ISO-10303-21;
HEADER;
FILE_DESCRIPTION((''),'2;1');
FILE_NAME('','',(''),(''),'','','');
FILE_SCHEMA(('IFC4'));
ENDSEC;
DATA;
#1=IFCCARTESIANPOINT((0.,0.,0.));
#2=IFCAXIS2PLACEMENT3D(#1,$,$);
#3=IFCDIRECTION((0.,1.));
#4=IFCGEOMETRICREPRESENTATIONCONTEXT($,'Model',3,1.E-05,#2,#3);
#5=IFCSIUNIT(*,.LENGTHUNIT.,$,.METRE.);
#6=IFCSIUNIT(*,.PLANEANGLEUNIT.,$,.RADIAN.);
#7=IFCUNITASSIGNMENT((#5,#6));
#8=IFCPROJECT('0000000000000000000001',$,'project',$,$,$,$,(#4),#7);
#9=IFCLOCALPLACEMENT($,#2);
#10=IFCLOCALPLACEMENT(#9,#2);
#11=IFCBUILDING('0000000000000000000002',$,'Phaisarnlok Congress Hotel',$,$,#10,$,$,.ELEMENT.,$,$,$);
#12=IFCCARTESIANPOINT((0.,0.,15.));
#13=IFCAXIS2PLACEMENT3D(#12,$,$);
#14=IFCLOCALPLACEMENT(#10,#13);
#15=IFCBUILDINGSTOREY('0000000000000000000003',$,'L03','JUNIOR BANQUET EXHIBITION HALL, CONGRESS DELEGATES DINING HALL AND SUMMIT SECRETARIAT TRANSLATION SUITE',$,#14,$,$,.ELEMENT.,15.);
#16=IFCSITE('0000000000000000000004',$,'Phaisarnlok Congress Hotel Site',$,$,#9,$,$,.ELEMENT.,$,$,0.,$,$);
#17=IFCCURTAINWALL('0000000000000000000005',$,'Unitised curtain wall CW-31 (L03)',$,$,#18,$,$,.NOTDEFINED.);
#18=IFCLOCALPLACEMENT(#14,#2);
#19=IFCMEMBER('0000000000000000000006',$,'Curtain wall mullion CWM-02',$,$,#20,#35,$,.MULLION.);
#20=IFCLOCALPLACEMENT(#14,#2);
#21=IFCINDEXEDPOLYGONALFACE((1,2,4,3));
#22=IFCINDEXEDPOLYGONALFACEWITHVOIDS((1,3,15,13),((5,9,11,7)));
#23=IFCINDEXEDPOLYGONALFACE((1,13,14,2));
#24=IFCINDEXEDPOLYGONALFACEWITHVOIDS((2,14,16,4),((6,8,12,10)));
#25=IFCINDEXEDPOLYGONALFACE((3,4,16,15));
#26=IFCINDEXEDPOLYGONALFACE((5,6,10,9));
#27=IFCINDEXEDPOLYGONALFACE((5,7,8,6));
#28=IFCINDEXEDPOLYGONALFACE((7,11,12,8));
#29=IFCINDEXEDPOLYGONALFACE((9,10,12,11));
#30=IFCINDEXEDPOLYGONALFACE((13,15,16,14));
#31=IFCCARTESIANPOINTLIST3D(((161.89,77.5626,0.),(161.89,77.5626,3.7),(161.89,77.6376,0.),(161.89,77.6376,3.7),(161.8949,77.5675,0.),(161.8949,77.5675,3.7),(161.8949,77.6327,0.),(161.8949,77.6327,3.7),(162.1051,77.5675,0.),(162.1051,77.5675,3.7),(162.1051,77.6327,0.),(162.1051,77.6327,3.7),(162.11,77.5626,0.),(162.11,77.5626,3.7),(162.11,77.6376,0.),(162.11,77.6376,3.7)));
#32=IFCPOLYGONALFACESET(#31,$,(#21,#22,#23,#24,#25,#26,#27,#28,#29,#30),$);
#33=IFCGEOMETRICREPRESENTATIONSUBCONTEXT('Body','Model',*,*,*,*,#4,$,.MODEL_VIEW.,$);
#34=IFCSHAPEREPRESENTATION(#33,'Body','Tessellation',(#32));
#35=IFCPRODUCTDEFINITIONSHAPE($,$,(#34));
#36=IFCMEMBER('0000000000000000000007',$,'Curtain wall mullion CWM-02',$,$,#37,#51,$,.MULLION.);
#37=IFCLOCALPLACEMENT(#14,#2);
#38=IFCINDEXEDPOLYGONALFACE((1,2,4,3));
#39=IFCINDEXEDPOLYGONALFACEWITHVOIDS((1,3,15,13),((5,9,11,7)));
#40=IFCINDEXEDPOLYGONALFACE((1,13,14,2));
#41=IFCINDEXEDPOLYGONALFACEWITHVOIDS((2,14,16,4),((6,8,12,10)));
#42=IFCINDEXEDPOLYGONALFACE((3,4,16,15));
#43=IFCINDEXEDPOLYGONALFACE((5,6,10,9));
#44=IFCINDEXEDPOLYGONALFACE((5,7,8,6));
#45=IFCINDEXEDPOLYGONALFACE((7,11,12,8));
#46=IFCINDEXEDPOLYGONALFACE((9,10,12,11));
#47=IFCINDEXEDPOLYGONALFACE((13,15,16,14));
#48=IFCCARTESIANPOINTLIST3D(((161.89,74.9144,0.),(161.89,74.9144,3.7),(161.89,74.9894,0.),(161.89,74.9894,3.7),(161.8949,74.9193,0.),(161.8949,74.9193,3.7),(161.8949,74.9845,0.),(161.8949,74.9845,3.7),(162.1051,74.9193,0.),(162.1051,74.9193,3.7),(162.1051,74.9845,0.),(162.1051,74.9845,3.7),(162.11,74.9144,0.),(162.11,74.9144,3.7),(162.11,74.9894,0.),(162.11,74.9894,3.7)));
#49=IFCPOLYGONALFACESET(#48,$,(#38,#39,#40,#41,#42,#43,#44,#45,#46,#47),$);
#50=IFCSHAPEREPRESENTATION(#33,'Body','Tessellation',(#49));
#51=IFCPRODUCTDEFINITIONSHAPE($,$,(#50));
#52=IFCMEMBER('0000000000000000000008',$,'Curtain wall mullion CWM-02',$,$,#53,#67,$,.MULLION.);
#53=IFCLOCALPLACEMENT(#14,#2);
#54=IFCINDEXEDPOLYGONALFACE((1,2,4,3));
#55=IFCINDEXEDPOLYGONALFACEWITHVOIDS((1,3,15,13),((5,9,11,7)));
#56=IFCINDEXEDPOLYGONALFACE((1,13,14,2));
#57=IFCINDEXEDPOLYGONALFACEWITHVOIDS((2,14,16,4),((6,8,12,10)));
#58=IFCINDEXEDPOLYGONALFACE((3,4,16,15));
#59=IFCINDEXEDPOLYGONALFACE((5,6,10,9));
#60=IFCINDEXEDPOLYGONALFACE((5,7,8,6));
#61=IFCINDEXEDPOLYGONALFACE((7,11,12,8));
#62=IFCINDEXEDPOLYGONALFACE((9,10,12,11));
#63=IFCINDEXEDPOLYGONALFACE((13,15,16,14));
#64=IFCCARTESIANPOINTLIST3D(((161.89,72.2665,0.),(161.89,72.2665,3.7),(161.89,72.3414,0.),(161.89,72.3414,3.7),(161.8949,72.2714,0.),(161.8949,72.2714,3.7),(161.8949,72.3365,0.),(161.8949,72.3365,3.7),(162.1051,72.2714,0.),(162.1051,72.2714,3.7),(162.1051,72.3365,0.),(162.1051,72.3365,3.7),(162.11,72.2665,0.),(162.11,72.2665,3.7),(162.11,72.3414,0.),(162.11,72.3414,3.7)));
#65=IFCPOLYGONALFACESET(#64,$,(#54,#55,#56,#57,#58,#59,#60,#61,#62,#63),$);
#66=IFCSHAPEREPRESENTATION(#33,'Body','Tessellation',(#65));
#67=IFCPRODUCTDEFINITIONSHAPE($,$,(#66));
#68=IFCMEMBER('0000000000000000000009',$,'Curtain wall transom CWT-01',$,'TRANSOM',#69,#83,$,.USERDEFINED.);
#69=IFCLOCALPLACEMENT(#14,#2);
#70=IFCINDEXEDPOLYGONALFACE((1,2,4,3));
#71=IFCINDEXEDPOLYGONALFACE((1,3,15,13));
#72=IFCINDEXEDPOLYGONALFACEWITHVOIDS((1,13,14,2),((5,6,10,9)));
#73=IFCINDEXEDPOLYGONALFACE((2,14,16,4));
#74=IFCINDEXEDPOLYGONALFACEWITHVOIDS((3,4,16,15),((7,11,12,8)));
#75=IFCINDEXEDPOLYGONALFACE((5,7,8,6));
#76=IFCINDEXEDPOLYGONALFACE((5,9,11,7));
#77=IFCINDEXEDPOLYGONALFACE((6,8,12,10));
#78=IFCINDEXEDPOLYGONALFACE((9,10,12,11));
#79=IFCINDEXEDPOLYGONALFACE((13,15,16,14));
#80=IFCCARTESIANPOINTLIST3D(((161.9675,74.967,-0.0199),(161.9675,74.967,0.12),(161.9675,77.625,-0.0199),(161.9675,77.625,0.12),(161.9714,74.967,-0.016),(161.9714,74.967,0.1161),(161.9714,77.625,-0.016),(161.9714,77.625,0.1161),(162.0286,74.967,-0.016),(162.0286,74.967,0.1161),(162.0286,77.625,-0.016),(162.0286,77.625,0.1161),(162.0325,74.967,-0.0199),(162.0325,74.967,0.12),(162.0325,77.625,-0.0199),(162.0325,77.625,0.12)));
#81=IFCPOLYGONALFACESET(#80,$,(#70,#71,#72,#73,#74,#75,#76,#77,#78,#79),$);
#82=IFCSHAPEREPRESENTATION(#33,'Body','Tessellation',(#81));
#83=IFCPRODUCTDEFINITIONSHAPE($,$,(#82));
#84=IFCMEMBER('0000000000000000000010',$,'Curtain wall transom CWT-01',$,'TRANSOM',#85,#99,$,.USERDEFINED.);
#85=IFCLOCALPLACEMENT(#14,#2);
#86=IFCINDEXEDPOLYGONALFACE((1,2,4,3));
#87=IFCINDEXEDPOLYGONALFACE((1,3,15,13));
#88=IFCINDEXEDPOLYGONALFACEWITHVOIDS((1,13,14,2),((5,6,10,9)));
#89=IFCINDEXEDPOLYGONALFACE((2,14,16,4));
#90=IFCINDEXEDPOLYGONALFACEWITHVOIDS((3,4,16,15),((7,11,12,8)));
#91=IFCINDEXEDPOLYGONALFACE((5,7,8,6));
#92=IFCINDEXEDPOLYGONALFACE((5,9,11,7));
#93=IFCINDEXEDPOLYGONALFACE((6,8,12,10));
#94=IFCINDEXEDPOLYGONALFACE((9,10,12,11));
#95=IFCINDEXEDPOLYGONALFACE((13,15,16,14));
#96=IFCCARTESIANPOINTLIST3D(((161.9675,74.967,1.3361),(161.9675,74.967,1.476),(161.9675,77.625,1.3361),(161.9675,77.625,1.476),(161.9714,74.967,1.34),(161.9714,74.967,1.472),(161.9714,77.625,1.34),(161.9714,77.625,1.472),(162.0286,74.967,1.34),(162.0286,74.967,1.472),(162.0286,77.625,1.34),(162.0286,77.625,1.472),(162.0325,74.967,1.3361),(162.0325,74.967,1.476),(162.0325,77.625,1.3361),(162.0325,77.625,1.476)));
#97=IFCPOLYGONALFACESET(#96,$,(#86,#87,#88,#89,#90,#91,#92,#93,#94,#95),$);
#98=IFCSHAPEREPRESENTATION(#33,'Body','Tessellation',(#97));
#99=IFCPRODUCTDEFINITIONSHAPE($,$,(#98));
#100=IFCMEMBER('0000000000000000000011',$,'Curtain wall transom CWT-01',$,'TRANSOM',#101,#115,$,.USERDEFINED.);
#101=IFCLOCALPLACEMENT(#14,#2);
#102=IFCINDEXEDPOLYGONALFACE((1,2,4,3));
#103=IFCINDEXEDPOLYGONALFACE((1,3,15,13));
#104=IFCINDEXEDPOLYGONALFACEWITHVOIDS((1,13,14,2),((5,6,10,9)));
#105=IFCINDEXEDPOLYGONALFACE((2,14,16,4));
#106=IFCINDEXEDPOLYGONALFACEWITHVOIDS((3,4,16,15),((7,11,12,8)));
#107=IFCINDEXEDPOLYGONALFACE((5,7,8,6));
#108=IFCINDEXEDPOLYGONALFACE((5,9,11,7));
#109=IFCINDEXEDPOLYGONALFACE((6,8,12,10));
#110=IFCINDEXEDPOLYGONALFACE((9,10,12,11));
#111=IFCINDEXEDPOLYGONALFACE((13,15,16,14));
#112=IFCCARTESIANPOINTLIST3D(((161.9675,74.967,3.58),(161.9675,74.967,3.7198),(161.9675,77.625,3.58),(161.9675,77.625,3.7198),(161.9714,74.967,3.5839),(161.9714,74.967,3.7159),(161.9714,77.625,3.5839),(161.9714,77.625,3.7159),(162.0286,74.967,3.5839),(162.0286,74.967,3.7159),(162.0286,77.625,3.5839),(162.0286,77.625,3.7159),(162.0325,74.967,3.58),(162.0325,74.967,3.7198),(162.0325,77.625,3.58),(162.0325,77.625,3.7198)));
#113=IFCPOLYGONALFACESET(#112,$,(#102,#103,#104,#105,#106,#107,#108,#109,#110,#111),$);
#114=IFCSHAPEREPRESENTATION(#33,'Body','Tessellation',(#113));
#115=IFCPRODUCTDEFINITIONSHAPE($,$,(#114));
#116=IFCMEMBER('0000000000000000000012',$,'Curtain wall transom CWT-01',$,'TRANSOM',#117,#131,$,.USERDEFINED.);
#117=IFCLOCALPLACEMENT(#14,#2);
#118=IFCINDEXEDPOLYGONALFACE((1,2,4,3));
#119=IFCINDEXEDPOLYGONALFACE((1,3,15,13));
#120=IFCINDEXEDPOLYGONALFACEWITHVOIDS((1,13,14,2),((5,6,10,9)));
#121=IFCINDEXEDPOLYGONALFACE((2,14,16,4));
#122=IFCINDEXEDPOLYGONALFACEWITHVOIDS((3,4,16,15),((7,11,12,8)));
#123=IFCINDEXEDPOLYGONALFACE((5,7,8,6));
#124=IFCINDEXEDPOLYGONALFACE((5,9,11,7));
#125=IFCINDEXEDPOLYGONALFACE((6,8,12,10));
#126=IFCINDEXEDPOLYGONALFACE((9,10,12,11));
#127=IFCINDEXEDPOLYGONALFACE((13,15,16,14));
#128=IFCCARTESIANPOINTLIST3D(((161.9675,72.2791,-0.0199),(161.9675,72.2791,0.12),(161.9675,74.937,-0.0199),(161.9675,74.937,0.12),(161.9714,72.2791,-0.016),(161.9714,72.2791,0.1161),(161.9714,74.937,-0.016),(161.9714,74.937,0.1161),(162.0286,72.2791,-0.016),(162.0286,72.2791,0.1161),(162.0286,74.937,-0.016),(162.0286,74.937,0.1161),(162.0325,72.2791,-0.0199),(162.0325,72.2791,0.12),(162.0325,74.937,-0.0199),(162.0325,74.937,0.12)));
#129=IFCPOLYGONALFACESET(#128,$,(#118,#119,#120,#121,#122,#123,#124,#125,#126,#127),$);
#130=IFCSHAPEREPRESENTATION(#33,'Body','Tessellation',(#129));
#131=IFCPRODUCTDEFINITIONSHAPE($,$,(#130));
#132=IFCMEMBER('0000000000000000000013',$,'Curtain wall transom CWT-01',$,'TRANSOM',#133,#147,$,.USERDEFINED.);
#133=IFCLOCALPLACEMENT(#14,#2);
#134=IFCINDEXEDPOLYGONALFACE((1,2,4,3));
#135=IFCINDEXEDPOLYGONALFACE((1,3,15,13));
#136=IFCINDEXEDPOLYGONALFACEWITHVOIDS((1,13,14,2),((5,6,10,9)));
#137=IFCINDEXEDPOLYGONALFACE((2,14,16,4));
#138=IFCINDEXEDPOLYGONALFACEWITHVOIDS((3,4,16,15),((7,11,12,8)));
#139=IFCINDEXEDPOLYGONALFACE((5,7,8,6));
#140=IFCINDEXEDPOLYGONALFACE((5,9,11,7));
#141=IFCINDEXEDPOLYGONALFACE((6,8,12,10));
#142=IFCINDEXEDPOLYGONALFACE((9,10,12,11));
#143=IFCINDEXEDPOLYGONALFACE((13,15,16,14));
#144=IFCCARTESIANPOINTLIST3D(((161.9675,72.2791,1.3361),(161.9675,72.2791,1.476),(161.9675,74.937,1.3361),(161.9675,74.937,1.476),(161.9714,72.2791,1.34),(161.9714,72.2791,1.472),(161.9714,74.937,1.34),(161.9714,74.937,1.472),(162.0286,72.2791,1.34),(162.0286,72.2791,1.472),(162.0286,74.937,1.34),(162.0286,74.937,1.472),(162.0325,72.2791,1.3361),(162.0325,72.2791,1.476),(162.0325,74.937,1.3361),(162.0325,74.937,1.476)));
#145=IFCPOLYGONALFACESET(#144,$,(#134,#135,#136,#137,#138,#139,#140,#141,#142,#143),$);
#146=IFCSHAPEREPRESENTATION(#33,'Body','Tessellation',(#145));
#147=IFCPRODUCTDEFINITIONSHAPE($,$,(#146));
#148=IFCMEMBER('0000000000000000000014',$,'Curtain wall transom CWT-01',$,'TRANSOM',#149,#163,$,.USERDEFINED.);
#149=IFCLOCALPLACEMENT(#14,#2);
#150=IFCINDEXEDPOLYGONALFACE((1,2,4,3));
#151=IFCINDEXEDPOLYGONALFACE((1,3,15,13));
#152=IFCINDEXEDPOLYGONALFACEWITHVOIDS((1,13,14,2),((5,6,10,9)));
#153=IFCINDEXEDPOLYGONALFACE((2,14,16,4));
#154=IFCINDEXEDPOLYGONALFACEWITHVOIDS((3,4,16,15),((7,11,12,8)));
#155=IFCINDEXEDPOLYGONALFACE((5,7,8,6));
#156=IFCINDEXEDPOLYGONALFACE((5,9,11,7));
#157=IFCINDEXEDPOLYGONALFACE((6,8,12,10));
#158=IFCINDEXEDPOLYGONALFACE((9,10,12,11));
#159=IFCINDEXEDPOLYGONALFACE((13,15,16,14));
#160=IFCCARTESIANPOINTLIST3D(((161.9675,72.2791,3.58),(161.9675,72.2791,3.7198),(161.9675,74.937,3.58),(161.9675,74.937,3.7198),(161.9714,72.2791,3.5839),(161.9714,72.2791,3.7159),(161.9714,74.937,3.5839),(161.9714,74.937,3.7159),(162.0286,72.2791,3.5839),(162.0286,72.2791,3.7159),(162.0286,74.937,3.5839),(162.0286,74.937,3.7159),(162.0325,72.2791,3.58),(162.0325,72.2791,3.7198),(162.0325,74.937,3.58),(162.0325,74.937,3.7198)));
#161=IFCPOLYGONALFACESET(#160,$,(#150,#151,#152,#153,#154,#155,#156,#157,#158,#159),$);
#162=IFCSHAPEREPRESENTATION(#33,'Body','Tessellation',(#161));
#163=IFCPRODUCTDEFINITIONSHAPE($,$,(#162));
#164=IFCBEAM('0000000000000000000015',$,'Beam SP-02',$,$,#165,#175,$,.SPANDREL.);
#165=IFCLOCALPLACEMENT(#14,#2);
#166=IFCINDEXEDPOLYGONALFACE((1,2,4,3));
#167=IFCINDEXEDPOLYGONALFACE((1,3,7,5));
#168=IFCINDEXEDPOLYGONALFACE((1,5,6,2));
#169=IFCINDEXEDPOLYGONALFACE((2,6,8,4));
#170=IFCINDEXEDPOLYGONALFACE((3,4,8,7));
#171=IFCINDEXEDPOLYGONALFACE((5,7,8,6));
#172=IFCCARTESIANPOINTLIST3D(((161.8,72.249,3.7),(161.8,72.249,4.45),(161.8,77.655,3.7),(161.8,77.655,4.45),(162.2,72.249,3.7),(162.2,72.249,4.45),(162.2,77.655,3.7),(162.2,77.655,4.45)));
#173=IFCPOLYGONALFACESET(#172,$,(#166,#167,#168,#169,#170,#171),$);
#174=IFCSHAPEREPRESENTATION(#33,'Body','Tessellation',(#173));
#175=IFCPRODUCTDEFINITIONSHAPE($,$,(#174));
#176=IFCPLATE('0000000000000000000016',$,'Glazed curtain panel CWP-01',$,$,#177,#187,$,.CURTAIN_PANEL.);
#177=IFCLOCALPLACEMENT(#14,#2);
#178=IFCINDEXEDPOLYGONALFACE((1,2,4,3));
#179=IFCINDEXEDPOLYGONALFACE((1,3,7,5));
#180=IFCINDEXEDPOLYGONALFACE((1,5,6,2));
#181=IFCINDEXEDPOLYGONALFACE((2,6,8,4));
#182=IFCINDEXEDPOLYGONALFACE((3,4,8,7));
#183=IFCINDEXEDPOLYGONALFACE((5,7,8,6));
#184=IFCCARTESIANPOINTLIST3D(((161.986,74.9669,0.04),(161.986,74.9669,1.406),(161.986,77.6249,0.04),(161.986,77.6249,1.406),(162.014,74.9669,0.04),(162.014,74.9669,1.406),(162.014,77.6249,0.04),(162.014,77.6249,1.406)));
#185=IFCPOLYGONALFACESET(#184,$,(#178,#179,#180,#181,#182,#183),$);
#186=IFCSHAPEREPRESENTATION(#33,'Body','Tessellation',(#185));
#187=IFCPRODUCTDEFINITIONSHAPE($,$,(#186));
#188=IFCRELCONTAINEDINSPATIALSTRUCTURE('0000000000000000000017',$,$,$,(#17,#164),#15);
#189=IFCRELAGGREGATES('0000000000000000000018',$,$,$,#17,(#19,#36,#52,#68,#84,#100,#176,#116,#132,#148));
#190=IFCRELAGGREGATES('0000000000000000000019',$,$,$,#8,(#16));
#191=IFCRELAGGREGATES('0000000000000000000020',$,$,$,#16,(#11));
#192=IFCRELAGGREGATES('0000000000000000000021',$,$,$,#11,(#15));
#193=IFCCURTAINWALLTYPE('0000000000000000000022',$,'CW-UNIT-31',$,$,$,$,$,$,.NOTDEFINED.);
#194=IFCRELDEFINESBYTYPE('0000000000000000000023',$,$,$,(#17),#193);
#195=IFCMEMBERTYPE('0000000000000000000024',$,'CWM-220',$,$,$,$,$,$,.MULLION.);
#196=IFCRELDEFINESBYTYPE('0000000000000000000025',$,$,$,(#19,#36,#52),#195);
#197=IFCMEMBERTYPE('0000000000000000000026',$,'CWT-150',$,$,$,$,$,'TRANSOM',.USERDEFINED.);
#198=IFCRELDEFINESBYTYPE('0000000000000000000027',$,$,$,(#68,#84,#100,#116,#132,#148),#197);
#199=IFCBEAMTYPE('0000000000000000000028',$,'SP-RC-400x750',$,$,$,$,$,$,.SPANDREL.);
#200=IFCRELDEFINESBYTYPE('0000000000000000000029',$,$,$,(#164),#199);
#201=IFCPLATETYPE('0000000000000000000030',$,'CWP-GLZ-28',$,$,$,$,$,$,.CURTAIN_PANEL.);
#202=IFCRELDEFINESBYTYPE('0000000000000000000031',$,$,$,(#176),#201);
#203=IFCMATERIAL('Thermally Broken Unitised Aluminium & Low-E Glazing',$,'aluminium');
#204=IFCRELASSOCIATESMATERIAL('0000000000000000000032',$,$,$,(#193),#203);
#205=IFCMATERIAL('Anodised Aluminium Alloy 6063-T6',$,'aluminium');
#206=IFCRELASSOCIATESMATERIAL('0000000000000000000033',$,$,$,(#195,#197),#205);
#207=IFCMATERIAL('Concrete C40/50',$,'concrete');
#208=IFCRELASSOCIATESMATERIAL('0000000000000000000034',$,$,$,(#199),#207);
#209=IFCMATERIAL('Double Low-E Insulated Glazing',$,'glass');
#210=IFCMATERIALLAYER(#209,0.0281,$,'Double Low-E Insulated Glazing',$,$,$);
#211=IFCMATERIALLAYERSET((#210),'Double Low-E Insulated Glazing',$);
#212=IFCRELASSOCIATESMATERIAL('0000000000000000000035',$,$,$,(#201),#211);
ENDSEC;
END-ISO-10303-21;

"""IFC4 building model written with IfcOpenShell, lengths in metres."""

from ifc_helpers import new_model, si_unit, direction, frame, frame_2d, origin, origin_2d, place, context, subcontext, project, spatial, rectangle, hollow_rectangle, extrude, material, layer, layer_set, material_profile, profile_set, type_object, element, aggregate, save


model = new_model("IFC4")

# Units and contexts
model_context = context("Model", 3, precision=1e-05, world=origin(), true_north=direction((0.0, 1.0)))
body_context = subcontext(model_context, "Body", "Model", "MODEL_VIEW")
ifc_project = project(units=[si_unit("LENGTHUNIT", "METRE"), si_unit("PLANEANGLEUNIT", "RADIAN")], contexts=[model_context])

# Site, building, storey
site_placement = place(None, origin())
site = spatial("IfcSite", under=ifc_project, at=site_placement, Name="Phaisarnlok Congress Hotel Site", CompositionType="ELEMENT", RefElevation=0.0)
building_placement = place(site_placement, origin())
building = spatial("IfcBuilding", under=site, at=building_placement, Name="Phaisarnlok Congress Hotel", CompositionType="ELEMENT")
storey_placement = place(building_placement, frame((0.0, 0.0, 15.0)))
storey = spatial("IfcBuildingStorey", under=building, at=storey_placement, Name="L03", Description="JUNIOR BANQUET EXHIBITION HALL, CONGRESS DELEGATES DINING HALL AND SUMMIT SECRETARIAT TRANSLATION SUITE", CompositionType="ELEMENT", Elevation=15.0)

# Shared definitions
ifc_material_1 = material(Name="Concrete C40/50", Category="concrete")

# Curtain wall, members
ifc_material_2 = material(Name="Thermally Broken Unitised Aluminium & Low-E Glazing", Category="aluminium")
curtain_wall_type = type_object("IfcCurtainWallType", Name="CW-UNIT-31", PredefinedType="NOTDEFINED", material=ifc_material_2)
curtain_wall_placement = place(storey_placement, origin())
curtain_wall = element("IfcCurtainWall", 1, at=curtain_wall_placement, inside=storey, type_object=curtain_wall_type, Name="Unitised curtain wall CW-31 (L03)", PredefinedType="NOTDEFINED")
ifc_material_3 = material(Name="Anodised Aluminium Alloy 6063-T6", Category="aluminium")
ifc_material_profile_1 = material_profile(ifc_material_3, hollow_rectangle(XDim=0.075, YDim=0.22, WallThickness=0.0049, at=origin_2d()), Name="ALU-M 75x220x5")
ifc_profile_set_1 = profile_set([ifc_material_profile_1], Name="Anodised Aluminium Alloy 6063-T6")
member_type_1 = type_object("IfcMemberType", Name="CWM-220", PredefinedType="MULLION", material=ifc_profile_set_1)
member_1_placement = place(storey_placement, frame((162.0, 77.6001, 0.0), z_axis=(0.0, 0.0, 1.0), x_axis=(0.0, -1.0, 0.0)))
member_1 = element("IfcMember", 2, at=member_1_placement, type_object=member_type_1, Name="Curtain wall mullion CWM-02", PredefinedType="MULLION", context=body_context, shape_type="SweptSolid", body=[
    extrude(hollow_rectangle(XDim=0.075, YDim=0.22, WallThickness=0.0049, at=origin_2d()), origin(), (0.0, 0.0, 1.0), 3.7),
])
member_2_placement = place(storey_placement, frame((162.0, 74.9519, 0.0), z_axis=(0.0, 0.0, 1.0), x_axis=(0.0, -1.0, 0.0)))
member_2 = element("IfcMember", 3, at=member_2_placement, type_object=member_type_1, Name="Curtain wall mullion CWM-02", PredefinedType="MULLION", context=body_context, shape_type="SweptSolid", body=[
    extrude(hollow_rectangle(XDim=0.075, YDim=0.22, WallThickness=0.0049, at=origin_2d()), origin(), (0.0, 0.0, 1.0), 3.7),
])
member_3_placement = place(storey_placement, frame((162.0, 72.304, 0.0), z_axis=(0.0, 0.0, 1.0), x_axis=(0.0, -1.0, 0.0)))
member_3 = element("IfcMember", 4, at=member_3_placement, type_object=member_type_1, Name="Curtain wall mullion CWM-02", PredefinedType="MULLION", context=body_context, shape_type="SweptSolid", body=[
    extrude(hollow_rectangle(XDim=0.075, YDim=0.22, WallThickness=0.0049, at=origin_2d()), origin(), (0.0, 0.0, 1.0), 3.7),
])
ifc_material_profile_2 = material_profile(ifc_material_3, hollow_rectangle(XDim=0.0649, YDim=0.1399, WallThickness=0.0039, at=origin_2d()), Name="ALU-T 65x140x4")
ifc_profile_set_2 = profile_set([ifc_material_profile_2], Name="Anodised Aluminium Alloy 6063-T6")
member_type_2 = type_object("IfcMemberType", Name="CWT-150", ElementType="TRANSOM", PredefinedType="USERDEFINED", material=ifc_profile_set_2)
member_4_placement = place(storey_placement, frame((162.0, 77.625, 0.05), z_axis=(0.0, -1.0, 0.0), x_axis=(1.0, 0.0, 0.0)))
member_4 = element("IfcMember", 5, at=member_4_placement, type_object=member_type_2, Name="Curtain wall transom CWT-01", ObjectType="TRANSOM", PredefinedType="USERDEFINED", context=body_context, shape_type="SweptSolid", body=[
    extrude(hollow_rectangle(XDim=0.0649, YDim=0.1399, WallThickness=0.0039, at=origin_2d()), origin(), (0.0, 0.0, 1.0), 2.658),
])
member_5_placement = place(storey_placement, frame((162.0, 77.625, 1.406), z_axis=(0.0, -1.0, 0.0), x_axis=(1.0, 0.0, 0.0)))
member_5 = element("IfcMember", 6, at=member_5_placement, type_object=member_type_2, Name="Curtain wall transom CWT-01", ObjectType="TRANSOM", PredefinedType="USERDEFINED", context=body_context, shape_type="SweptSolid", body=[
    extrude(hollow_rectangle(XDim=0.0649, YDim=0.1399, WallThickness=0.0039, at=origin_2d()), origin(), (0.0, 0.0, 1.0), 2.658),
])
member_6_placement = place(storey_placement, frame((162.0, 77.625, 3.6499), z_axis=(0.0, -1.0, 0.0), x_axis=(1.0, 0.0, 0.0)))
member_6 = element("IfcMember", 7, at=member_6_placement, type_object=member_type_2, Name="Curtain wall transom CWT-01", ObjectType="TRANSOM", PredefinedType="USERDEFINED", context=body_context, shape_type="SweptSolid", body=[
    extrude(hollow_rectangle(XDim=0.0649, YDim=0.1399, WallThickness=0.0039, at=origin_2d()), origin(), (0.0, 0.0, 1.0), 2.658),
])
member_7_placement = place(storey_placement, frame((162.0, 74.937, 0.05), z_axis=(0.0, -1.0, 0.0), x_axis=(1.0, 0.0, 0.0)))
member_7 = element("IfcMember", 8, at=member_7_placement, type_object=member_type_2, Name="Curtain wall transom CWT-01", ObjectType="TRANSOM", PredefinedType="USERDEFINED", context=body_context, shape_type="SweptSolid", body=[
    extrude(hollow_rectangle(XDim=0.0649, YDim=0.1399, WallThickness=0.0039, at=origin_2d()), origin(), (0.0, 0.0, 1.0), 2.658),
])
member_8_placement = place(storey_placement, frame((162.0, 74.937, 1.406), z_axis=(0.0, -1.0, 0.0), x_axis=(1.0, 0.0, 0.0)))
member_8 = element("IfcMember", 9, at=member_8_placement, type_object=member_type_2, Name="Curtain wall transom CWT-01", ObjectType="TRANSOM", PredefinedType="USERDEFINED", context=body_context, shape_type="SweptSolid", body=[
    extrude(hollow_rectangle(XDim=0.0649, YDim=0.1399, WallThickness=0.0039, at=origin_2d()), origin(), (0.0, 0.0, 1.0), 2.658),
])
member_9_placement = place(storey_placement, frame((162.0, 74.937, 3.6499), z_axis=(0.0, -1.0, 0.0), x_axis=(1.0, 0.0, 0.0)))
member_9 = element("IfcMember", 10, at=member_9_placement, type_object=member_type_2, Name="Curtain wall transom CWT-01", ObjectType="TRANSOM", PredefinedType="USERDEFINED", context=body_context, shape_type="SweptSolid", body=[
    extrude(hollow_rectangle(XDim=0.0649, YDim=0.1399, WallThickness=0.0039, at=origin_2d()), origin(), (0.0, 0.0, 1.0), 2.658),
])

# Beam
ifc_material_profile_3 = material_profile(ifc_material_1, rectangle(XDim=0.3999, YDim=0.75, at=origin_2d()), Name="RC 400x750")
ifc_profile_set_3 = profile_set([ifc_material_profile_3], Name="Concrete C40/50")
beam_type_1 = type_object("IfcBeamType", Name="SP-RC-400x750", PredefinedType="SPANDREL", material=ifc_profile_set_3)
beam_1_placement = place(storey_placement, frame((162.0, 72.249, 4.075), z_axis=(0.0, 1.0, 0.0), x_axis=(-1.0, 0.0, 0.0)))
element("IfcBeam", 11, at=beam_1_placement, inside=storey, type_object=beam_type_1, Name="Beam SP-02", PredefinedType="SPANDREL", context=body_context, shape_type="SweptSolid", body=[
    extrude(rectangle(XDim=0.3999, YDim=0.75, at=origin_2d()), origin(), (0.0, 0.0, 1.0), 5.406),
])

# Plate
ifc_material_4 = material(Name="Double Low-E Insulated Glazing", Category="glass")
ifc_layer_1 = layer(ifc_material_4, 0.0281, Name="Double Low-E Insulated Glazing")
ifc_layer_set_1 = layer_set([ifc_layer_1], Name="Double Low-E Insulated Glazing")
plate_type_1 = type_object("IfcPlateType", Name="CWP-GLZ-28", PredefinedType="CURTAIN_PANEL", material=ifc_layer_set_1)
plate_1_placement = place(storey_placement, frame((162.0, 77.625, 0.04), z_axis=(0.0, 0.0, 1.0), x_axis=(0.0, -1.0, 0.0)))
plate_1 = element("IfcPlate", 12, at=plate_1_placement, type_object=plate_type_1, Name="Glazed curtain panel CWP-01", PredefinedType="CURTAIN_PANEL", context=body_context, shape_type="SweptSolid", body=[
    extrude(rectangle(XDim=2.658, YDim=0.0281, at=frame_2d((1.3291, 0.0))), origin(), (0.0, 0.0, 1.0), 1.366),
])
aggregate(curtain_wall, [member_1, member_2, member_3, member_4, member_5, member_6, plate_1, member_7, member_8, member_9])

save(model, "model.ifc")
